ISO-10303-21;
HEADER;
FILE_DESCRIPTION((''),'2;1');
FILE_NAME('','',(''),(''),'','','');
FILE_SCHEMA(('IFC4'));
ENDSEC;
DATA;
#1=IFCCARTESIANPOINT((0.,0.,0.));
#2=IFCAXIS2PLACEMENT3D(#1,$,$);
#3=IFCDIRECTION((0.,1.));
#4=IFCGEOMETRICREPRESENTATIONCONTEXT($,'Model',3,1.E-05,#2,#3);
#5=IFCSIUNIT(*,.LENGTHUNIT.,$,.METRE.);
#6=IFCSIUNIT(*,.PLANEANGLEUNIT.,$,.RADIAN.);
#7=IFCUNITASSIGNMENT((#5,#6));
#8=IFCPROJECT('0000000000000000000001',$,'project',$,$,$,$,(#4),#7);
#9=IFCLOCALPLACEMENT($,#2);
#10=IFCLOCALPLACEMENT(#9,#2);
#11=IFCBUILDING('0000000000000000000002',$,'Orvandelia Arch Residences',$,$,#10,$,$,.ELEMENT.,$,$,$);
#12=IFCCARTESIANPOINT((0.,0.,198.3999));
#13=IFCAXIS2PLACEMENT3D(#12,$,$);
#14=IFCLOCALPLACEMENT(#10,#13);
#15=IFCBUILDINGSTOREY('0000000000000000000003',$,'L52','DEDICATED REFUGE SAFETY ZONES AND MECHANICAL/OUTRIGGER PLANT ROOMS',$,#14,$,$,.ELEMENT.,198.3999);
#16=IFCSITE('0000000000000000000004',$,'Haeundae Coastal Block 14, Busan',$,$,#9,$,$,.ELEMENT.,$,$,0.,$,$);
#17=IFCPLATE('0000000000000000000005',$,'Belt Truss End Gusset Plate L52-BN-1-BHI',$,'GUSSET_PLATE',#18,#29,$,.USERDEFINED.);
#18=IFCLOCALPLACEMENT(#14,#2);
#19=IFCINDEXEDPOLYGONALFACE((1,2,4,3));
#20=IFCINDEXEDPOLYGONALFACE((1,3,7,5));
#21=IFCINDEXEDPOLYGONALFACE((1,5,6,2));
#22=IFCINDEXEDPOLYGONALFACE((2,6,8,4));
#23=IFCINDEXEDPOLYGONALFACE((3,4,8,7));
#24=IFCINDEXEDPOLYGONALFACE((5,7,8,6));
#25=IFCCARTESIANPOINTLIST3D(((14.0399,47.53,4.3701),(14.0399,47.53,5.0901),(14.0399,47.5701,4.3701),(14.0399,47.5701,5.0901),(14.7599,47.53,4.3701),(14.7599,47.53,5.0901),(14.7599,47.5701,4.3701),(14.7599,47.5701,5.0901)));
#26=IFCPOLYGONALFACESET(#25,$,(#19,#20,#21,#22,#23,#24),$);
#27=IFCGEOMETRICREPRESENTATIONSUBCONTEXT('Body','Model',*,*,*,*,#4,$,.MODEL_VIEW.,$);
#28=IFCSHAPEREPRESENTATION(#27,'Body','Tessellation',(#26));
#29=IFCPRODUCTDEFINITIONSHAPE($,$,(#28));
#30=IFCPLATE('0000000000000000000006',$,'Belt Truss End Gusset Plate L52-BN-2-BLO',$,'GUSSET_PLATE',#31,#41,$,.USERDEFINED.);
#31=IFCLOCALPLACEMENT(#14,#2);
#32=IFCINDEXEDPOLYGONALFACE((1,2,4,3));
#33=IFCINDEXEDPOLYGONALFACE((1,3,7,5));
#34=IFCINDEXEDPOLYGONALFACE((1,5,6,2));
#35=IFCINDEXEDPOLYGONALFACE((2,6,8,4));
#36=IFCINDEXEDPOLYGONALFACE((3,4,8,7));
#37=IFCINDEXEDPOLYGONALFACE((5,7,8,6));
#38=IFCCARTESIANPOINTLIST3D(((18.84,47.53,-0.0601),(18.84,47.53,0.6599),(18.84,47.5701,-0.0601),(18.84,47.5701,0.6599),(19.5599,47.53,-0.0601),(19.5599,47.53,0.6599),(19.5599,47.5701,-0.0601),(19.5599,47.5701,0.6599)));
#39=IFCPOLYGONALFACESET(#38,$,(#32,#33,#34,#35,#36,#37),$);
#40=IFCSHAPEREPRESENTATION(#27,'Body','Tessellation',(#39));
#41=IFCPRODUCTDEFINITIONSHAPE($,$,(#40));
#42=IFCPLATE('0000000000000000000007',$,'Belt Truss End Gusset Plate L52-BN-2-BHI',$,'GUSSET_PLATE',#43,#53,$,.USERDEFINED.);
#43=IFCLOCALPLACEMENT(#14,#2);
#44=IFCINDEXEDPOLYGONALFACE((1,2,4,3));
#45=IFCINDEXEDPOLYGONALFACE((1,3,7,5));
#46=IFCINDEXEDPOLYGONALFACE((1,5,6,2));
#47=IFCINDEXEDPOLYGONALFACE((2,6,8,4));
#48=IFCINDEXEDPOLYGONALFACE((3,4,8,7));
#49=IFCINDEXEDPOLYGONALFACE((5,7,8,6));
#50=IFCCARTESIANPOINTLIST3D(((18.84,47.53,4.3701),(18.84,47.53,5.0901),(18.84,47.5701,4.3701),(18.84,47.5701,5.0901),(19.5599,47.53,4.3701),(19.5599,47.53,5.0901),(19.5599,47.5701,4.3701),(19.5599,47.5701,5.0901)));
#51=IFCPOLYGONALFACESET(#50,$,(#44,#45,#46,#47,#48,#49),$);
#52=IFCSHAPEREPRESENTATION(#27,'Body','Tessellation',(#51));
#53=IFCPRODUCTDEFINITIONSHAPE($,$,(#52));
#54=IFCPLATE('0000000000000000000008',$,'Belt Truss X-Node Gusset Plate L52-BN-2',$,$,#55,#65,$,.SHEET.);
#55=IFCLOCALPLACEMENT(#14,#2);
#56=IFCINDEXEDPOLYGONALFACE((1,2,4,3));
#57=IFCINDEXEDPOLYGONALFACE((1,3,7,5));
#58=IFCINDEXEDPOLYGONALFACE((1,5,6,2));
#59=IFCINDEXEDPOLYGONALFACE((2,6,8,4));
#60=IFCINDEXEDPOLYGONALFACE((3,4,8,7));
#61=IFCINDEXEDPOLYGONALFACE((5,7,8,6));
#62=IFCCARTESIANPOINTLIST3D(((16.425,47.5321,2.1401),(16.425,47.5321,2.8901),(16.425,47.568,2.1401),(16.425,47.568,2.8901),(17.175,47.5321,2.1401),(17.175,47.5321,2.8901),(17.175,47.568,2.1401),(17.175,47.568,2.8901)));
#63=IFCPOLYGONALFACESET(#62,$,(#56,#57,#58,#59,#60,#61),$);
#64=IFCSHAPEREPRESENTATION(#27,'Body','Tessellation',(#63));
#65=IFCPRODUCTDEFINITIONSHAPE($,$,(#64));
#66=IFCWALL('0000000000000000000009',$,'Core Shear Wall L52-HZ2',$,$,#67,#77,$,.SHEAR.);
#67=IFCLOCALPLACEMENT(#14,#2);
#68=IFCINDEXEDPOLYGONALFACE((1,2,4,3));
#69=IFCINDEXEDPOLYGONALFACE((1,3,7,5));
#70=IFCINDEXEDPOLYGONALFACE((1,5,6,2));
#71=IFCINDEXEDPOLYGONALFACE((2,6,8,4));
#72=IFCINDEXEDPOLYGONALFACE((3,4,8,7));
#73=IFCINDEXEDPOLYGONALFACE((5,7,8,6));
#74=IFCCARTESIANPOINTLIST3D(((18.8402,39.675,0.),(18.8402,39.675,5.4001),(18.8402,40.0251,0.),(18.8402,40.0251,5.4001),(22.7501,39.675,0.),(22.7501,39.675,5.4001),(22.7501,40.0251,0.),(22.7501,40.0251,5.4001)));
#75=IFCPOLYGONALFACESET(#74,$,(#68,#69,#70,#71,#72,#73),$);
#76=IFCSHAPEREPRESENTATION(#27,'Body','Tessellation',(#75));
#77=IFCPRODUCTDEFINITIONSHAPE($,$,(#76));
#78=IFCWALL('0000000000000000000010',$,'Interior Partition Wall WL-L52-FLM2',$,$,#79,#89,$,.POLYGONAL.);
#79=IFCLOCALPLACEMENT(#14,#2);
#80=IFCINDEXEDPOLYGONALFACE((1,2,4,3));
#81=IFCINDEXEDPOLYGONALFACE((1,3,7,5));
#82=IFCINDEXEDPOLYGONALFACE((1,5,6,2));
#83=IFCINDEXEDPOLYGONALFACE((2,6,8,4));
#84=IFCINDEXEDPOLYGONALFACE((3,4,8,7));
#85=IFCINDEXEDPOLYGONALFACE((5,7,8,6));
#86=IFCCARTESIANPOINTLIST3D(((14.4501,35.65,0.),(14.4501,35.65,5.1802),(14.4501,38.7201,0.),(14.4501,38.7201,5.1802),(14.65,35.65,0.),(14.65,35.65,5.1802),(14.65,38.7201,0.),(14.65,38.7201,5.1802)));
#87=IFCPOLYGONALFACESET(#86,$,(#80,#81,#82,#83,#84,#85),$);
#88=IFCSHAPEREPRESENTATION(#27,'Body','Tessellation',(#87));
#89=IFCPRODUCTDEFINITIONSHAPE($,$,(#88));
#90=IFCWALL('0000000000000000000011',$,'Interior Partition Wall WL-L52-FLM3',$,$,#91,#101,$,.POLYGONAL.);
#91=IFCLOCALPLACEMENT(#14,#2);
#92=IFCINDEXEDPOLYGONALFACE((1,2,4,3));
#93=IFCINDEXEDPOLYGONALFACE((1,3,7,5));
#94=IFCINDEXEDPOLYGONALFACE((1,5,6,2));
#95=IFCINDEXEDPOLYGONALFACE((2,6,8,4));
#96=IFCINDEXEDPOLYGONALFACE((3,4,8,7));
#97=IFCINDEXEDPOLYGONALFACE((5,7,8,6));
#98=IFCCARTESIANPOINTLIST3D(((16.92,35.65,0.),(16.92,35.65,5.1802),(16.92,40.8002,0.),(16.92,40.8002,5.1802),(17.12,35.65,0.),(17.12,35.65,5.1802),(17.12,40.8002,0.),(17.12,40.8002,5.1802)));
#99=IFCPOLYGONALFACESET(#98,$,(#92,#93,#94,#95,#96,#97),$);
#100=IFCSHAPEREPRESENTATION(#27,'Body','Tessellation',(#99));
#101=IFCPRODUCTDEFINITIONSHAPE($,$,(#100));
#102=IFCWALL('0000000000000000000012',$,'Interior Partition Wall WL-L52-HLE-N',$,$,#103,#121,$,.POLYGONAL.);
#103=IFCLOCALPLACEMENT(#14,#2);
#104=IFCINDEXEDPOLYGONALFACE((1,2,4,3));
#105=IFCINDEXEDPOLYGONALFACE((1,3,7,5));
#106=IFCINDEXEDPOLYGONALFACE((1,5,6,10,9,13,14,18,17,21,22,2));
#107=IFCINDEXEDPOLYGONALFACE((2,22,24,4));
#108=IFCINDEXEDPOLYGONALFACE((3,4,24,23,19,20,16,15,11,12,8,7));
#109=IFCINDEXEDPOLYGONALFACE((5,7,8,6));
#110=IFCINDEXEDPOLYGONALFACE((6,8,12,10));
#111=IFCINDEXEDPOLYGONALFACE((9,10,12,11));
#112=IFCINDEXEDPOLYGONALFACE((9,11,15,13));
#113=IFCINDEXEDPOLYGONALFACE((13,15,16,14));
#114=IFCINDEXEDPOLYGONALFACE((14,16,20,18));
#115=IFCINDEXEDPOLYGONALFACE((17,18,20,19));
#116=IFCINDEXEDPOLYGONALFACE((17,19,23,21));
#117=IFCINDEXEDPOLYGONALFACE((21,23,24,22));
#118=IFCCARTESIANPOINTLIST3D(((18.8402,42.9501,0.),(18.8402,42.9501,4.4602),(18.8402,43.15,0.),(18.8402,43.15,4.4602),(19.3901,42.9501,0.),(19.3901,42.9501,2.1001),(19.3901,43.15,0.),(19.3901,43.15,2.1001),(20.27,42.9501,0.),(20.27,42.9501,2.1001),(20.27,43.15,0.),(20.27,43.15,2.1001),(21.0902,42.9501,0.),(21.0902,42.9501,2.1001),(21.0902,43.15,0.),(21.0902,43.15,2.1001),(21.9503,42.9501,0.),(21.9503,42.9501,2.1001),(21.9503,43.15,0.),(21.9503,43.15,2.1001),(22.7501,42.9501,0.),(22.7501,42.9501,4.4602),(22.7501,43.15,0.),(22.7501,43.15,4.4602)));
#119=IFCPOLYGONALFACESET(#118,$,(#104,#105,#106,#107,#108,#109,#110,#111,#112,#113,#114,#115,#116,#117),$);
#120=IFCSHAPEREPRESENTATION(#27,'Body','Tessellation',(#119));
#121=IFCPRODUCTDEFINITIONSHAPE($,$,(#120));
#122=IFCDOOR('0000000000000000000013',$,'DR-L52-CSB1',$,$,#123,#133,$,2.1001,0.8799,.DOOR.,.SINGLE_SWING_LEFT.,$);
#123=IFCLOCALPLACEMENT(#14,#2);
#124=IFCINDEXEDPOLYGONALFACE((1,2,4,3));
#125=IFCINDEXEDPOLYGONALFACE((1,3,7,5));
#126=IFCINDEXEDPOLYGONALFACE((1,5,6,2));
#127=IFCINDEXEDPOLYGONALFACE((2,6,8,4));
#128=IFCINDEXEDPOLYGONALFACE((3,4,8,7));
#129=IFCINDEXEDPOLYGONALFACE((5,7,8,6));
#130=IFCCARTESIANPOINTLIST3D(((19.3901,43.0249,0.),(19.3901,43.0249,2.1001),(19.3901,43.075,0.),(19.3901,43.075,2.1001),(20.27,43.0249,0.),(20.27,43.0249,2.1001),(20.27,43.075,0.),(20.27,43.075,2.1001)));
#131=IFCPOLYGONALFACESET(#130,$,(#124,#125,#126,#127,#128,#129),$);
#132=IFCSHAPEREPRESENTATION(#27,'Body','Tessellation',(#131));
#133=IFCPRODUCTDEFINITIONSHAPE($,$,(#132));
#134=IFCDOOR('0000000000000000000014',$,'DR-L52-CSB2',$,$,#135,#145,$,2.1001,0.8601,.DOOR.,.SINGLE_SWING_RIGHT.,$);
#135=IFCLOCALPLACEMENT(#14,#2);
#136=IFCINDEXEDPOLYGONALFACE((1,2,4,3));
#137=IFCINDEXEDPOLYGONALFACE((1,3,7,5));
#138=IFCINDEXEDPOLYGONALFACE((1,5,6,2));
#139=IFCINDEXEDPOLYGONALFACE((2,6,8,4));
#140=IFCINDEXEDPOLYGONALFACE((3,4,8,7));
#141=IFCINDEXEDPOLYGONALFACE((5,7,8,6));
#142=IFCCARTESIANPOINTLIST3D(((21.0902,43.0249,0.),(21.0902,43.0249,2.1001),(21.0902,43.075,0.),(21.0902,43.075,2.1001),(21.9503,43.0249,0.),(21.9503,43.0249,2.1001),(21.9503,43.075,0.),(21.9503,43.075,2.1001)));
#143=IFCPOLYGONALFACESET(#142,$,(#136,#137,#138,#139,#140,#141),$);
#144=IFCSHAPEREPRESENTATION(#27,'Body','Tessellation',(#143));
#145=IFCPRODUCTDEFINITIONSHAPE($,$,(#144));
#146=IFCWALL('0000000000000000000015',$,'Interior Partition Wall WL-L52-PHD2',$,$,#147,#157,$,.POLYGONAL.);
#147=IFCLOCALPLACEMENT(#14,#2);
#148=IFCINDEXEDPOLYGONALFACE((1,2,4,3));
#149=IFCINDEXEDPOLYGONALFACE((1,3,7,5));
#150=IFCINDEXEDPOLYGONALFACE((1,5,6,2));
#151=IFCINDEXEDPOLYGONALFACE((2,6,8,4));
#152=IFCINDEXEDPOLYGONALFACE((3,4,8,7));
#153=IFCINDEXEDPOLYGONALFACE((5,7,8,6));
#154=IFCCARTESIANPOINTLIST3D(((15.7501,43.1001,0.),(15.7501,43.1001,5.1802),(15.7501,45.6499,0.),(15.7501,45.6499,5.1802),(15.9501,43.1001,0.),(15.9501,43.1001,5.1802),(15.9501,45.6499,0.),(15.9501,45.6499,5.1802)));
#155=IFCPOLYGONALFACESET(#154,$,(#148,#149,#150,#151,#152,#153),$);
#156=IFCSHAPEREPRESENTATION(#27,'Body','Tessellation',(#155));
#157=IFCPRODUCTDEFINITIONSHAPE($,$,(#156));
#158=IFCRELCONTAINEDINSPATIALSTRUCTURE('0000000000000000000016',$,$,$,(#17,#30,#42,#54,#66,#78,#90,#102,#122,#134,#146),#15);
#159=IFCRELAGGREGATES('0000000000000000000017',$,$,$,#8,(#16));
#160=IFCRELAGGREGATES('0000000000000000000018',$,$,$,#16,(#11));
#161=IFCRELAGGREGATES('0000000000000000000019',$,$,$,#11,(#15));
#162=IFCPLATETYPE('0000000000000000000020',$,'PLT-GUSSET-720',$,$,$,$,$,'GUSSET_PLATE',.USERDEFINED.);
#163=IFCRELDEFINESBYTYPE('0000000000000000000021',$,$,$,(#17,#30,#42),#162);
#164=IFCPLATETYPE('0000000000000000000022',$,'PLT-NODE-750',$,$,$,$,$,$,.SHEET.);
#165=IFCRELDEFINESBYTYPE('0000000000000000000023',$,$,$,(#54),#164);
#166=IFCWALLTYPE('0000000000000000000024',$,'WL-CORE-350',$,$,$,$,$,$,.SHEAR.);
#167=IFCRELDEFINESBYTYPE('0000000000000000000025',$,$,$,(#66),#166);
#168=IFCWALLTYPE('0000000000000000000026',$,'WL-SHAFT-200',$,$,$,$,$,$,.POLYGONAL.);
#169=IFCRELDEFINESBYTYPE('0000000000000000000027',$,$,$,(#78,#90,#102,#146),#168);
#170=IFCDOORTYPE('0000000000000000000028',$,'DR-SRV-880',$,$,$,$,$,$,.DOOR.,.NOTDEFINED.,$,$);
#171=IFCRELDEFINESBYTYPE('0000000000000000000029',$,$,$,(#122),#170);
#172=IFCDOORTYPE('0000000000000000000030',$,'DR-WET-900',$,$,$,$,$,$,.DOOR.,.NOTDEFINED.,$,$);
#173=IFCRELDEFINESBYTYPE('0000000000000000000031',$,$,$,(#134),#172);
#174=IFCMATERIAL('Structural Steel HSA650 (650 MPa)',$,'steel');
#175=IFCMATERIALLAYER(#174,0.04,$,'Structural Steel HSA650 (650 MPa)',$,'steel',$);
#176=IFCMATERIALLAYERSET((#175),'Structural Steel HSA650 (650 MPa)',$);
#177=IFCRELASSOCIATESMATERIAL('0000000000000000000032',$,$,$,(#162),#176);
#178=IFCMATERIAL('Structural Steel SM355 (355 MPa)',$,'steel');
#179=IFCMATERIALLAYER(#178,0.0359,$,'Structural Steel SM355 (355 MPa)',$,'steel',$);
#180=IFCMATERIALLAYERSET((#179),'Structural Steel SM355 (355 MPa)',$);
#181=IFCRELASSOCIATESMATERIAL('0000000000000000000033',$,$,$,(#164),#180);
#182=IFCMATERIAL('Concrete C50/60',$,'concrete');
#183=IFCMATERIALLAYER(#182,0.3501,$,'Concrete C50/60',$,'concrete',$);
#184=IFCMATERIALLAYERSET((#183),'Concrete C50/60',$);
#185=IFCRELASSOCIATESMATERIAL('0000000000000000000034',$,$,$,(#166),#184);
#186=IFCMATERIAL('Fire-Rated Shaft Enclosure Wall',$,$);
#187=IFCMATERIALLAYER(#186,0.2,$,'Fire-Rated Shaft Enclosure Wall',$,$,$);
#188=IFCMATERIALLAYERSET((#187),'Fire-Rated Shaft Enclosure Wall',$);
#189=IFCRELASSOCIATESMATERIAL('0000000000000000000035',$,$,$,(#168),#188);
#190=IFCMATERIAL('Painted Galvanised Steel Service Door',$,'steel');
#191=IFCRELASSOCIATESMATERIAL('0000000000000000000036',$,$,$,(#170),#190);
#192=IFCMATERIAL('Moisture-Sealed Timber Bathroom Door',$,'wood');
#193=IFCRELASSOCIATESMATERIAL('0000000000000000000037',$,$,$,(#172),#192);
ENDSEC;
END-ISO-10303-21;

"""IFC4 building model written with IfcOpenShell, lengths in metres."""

from ifc_helpers import new_model, si_unit, direction, frame, frame_2d, origin, origin_2d, place, context, subcontext, project, spatial, rectangle, extrude, material, layer, layer_set, type_object, element, fill, save


model = new_model("IFC4")

# Units and contexts
model_context = context("Model", 3, precision=1e-05, world=origin(), true_north=direction((0.0, 1.0)))
body_context = subcontext(model_context, "Body", "Model", "MODEL_VIEW")
ifc_project = project(units=[si_unit("LENGTHUNIT", "METRE"), si_unit("PLANEANGLEUNIT", "RADIAN")], contexts=[model_context])

# Site, building, storey
site_placement = place(None, origin())
site = spatial("IfcSite", under=ifc_project, at=site_placement, Name="Haeundae Coastal Block 14, Busan", CompositionType="ELEMENT", RefElevation=0.0)
building_placement = place(site_placement, origin())
building = spatial("IfcBuilding", under=site, at=building_placement, Name="Orvandelia Arch Residences", CompositionType="ELEMENT")
storey_placement = place(building_placement, frame((0.0, 0.0, 198.3999)))
storey = spatial("IfcBuildingStorey", under=building, at=storey_placement, Name="L52", Description="DEDICATED REFUGE SAFETY ZONES AND MECHANICAL/OUTRIGGER PLANT ROOMS", CompositionType="ELEMENT", Elevation=198.3999)

# Shared definitions
ifc_material_1 = material(Name="Structural Steel SM355 (355 MPa)", Category="steel")

# Shared definitions
ifc_material_2 = material(Name="Structural Steel HSA650 (650 MPa)", Category="steel")

# Plates
ifc_layer_1 = layer(ifc_material_2, 0.04, Name="Structural Steel HSA650 (650 MPa)", Category="steel")
ifc_layer_set_1 = layer_set([ifc_layer_1], Name="Structural Steel HSA650 (650 MPa)")
plate_type_1 = type_object("IfcPlateType", Name="PLT-GUSSET-720", ElementType="GUSSET_PLATE", PredefinedType="USERDEFINED", material=ifc_layer_set_1)
for number, where, z_axis, x_axis, name in (
    (1, (14.3999, 47.55, 4.3701), (0.0, 0.0, 1.0), (1.0, 0.0, 0.0), "Belt Truss End Gusset Plate L52-BN-1-BHI"),
    (2, (19.2, 47.55, -0.0601), (0.0, 0.0, 1.0), (1.0, 0.0, 0.0), "Belt Truss End Gusset Plate L52-BN-2-BLO"),
    (3, (19.2, 47.55, 4.3701), (0.0, 0.0, 1.0), (1.0, 0.0, 0.0), "Belt Truss End Gusset Plate L52-BN-2-BHI"),
):
    element("IfcPlate", number, at=place(storey_placement, frame(where, z_axis=z_axis, x_axis=x_axis)), inside=storey, type_object=plate_type_1, Name=name, ObjectType="GUSSET_PLATE", PredefinedType="USERDEFINED", context=body_context, shape_type="SweptSolid", body=[
        extrude(rectangle(XDim=0.72, YDim=0.04, at=origin_2d()), origin(), (0.0, 0.0, 1.0), 0.72),
    ])
ifc_layer_2 = layer(ifc_material_1, 0.0359, Name="Structural Steel SM355 (355 MPa)", Category="steel")
ifc_layer_set_2 = layer_set([ifc_layer_2], Name="Structural Steel SM355 (355 MPa)")
plate_type_2 = type_object("IfcPlateType", Name="PLT-NODE-750", PredefinedType="SHEET", material=ifc_layer_set_2)
plate_placement = place(storey_placement, frame((16.8, 47.55, 2.1401), z_axis=(0.0, 0.0, 1.0), x_axis=(1.0, 0.0, 0.0)))
element("IfcPlate", 4, at=plate_placement, inside=storey, type_object=plate_type_2, Name="Belt Truss X-Node Gusset Plate L52-BN-2", PredefinedType="SHEET", context=body_context, shape_type="SweptSolid", body=[
    extrude(rectangle(XDim=0.75, YDim=0.0359, at=origin_2d()), origin(), (0.0, 0.0, 1.0), 0.75),
])

# Walls
ifc_material_3 = material(Name="Concrete C50/60", Category="concrete")
ifc_layer_3 = layer(ifc_material_3, 0.3501, Name="Concrete C50/60", Category="concrete")
ifc_layer_set_3 = layer_set([ifc_layer_3], Name="Concrete C50/60")
wall_type_1 = type_object("IfcWallType", Name="WL-CORE-350", PredefinedType="SHEAR", material=ifc_layer_set_3)
wall_1_placement = place(storey_placement, frame((18.8401, 39.8501, 0.0), z_axis=(0.0, 0.0, 1.0), x_axis=(1.0, 0.0, 0.0)))
element("IfcWall", 5, at=wall_1_placement, inside=storey, type_object=wall_type_1, Name="Core Shear Wall L52-HZ2", PredefinedType="SHEAR", context=body_context, shape_type="SweptSolid", body=[
    extrude(rectangle(XDim=3.9099, YDim=0.3501, at=frame_2d((1.9551, 0.0))), origin(), (0.0, 0.0, 1.0), 5.4001),
])
ifc_material_4 = material(Name="Fire-Rated Shaft Enclosure Wall")
ifc_layer_4 = layer(ifc_material_4, 0.2, Name="Fire-Rated Shaft Enclosure Wall")
ifc_layer_set_4 = layer_set([ifc_layer_4], Name="Fire-Rated Shaft Enclosure Wall")
wall_type_2 = type_object("IfcWallType", Name="WL-SHAFT-200", PredefinedType="POLYGONAL", material=ifc_layer_set_4)
wall_2_placement = place(storey_placement, frame((14.55, 35.6499, 0.0), z_axis=(0.0, 0.0, 1.0), x_axis=(0.0, 1.0, 0.0)))
element("IfcWall", 6, at=wall_2_placement, inside=storey, type_object=wall_type_2, Name="Interior Partition Wall WL-L52-FLM2", PredefinedType="POLYGONAL", context=body_context, shape_type="SweptSolid", body=[
    extrude(rectangle(XDim=3.0701, YDim=0.2, at=frame_2d((1.5352, 0.0))), origin(), (0.0, 0.0, 1.0), 5.1802),
])
wall_3_placement = place(storey_placement, frame((17.02, 35.6499, 0.0), z_axis=(0.0, 0.0, 1.0), x_axis=(0.0, 1.0, 0.0)))
element("IfcWall", 7, at=wall_3_placement, inside=storey, type_object=wall_type_2, Name="Interior Partition Wall WL-L52-FLM3", PredefinedType="POLYGONAL", context=body_context, shape_type="SweptSolid", body=[
    extrude(rectangle(XDim=5.1501, YDim=0.2, at=frame_2d((2.5752, 0.0))), origin(), (0.0, 0.0, 1.0), 5.1802),
])

# Wall, openings, doors
wall_4_placement = place(storey_placement, frame((18.8401, 43.05, 0.0), z_axis=(0.0, 0.0, 1.0), x_axis=(1.0, 0.0, 0.0)))
wall_4 = element("IfcWall", 8, at=wall_4_placement, inside=storey, type_object=wall_type_2, Name="Interior Partition Wall WL-L52-HLE-N", PredefinedType="POLYGONAL", context=body_context, shape_type="SweptSolid", body=[
    extrude(rectangle(XDim=3.9099, YDim=0.2, at=frame_2d((1.9551, 0.0))), origin(), (0.0, 0.0, 1.0), 4.4602),
])
opening_1_placement = place(wall_4_placement, frame((0.55, 0.0, 0.0)))
opening_1 = element("IfcOpeningElement", 9, at=opening_1_placement, cuts=wall_4, PredefinedType="OPENING", context=body_context, shape_type="SweptSolid", body=[
    extrude(rectangle(XDim=0.8799, YDim=2.1001, at=frame_2d((0.4399, 1.05))), frame((0.0, 0.1099, 0.0), z_axis=(0.0, -1.0, 0.0), x_axis=(1.0, 0.0, 0.0)), (0.0, 0.0, 1.0), 0.22),
])
opening_2_placement = place(wall_4_placement, frame((2.25, 0.0, 0.0)))
opening_2 = element("IfcOpeningElement", 10, at=opening_2_placement, cuts=wall_4, PredefinedType="OPENING", context=body_context, shape_type="SweptSolid", body=[
    extrude(rectangle(XDim=0.8601, YDim=2.1001, at=frame_2d((0.4302, 1.05))), frame((0.0, 0.1099, 0.0), z_axis=(0.0, -1.0, 0.0), x_axis=(1.0, 0.0, 0.0)), (0.0, 0.0, 1.0), 0.22),
])
ifc_material_5 = material(Name="Painted Galvanised Steel Service Door", Category="steel")
door_type_1 = type_object("IfcDoorType", Name="DR-SRV-880", OperationType="NOTDEFINED", PredefinedType="DOOR", material=ifc_material_5)
door_1_placement = place(opening_1_placement, origin())
door_1 = element("IfcDoor", 11, at=door_1_placement, inside=storey, type_object=door_type_1, Name="DR-L52-CSB1", OperationType="SINGLE_SWING_LEFT", OverallHeight=2.1001, OverallWidth=0.8799, PredefinedType="DOOR", context=body_context, shape_type="SweptSolid", body=[
    extrude(rectangle(XDim=0.8799, YDim=2.1001, at=frame_2d((0.4399, 1.05))), frame((0.0, 0.0249, 0.0), z_axis=(0.0, -1.0, 0.0), x_axis=(1.0, 0.0, 0.0)), (0.0, 0.0, 1.0), 0.05),
])
fill(opening_1, door_1)
ifc_material_6 = material(Name="Moisture-Sealed Timber Bathroom Door", Category="wood")
door_type_2 = type_object("IfcDoorType", Name="DR-WET-900", OperationType="NOTDEFINED", PredefinedType="DOOR", material=ifc_material_6)
door_2_placement = place(opening_2_placement, origin())
door_2 = element("IfcDoor", 12, at=door_2_placement, inside=storey, type_object=door_type_2, Name="DR-L52-CSB2", OperationType="SINGLE_SWING_RIGHT", OverallHeight=2.1001, OverallWidth=0.8601, PredefinedType="DOOR", context=body_context, shape_type="SweptSolid", body=[
    extrude(rectangle(XDim=0.8601, YDim=2.1001, at=frame_2d((0.4302, 1.05))), frame((0.0, 0.0249, 0.0), z_axis=(0.0, -1.0, 0.0), x_axis=(1.0, 0.0, 0.0)), (0.0, 0.0, 1.0), 0.05),
])
fill(opening_2, door_2)

# Wall
wall_5_placement = place(storey_placement, frame((15.8501, 43.1001, 0.0), z_axis=(0.0, 0.0, 1.0), x_axis=(0.0, 1.0, 0.0)))
element("IfcWall", 13, at=wall_5_placement, inside=storey, type_object=wall_type_2, Name="Interior Partition Wall WL-L52-PHD2", PredefinedType="POLYGONAL", context=body_context, shape_type="SweptSolid", body=[
    extrude(rectangle(XDim=2.5498, YDim=0.2, at=frame_2d((1.2749, 0.0))), origin(), (0.0, 0.0, 1.0), 5.1802),
])

save(model, "model.ifc")
